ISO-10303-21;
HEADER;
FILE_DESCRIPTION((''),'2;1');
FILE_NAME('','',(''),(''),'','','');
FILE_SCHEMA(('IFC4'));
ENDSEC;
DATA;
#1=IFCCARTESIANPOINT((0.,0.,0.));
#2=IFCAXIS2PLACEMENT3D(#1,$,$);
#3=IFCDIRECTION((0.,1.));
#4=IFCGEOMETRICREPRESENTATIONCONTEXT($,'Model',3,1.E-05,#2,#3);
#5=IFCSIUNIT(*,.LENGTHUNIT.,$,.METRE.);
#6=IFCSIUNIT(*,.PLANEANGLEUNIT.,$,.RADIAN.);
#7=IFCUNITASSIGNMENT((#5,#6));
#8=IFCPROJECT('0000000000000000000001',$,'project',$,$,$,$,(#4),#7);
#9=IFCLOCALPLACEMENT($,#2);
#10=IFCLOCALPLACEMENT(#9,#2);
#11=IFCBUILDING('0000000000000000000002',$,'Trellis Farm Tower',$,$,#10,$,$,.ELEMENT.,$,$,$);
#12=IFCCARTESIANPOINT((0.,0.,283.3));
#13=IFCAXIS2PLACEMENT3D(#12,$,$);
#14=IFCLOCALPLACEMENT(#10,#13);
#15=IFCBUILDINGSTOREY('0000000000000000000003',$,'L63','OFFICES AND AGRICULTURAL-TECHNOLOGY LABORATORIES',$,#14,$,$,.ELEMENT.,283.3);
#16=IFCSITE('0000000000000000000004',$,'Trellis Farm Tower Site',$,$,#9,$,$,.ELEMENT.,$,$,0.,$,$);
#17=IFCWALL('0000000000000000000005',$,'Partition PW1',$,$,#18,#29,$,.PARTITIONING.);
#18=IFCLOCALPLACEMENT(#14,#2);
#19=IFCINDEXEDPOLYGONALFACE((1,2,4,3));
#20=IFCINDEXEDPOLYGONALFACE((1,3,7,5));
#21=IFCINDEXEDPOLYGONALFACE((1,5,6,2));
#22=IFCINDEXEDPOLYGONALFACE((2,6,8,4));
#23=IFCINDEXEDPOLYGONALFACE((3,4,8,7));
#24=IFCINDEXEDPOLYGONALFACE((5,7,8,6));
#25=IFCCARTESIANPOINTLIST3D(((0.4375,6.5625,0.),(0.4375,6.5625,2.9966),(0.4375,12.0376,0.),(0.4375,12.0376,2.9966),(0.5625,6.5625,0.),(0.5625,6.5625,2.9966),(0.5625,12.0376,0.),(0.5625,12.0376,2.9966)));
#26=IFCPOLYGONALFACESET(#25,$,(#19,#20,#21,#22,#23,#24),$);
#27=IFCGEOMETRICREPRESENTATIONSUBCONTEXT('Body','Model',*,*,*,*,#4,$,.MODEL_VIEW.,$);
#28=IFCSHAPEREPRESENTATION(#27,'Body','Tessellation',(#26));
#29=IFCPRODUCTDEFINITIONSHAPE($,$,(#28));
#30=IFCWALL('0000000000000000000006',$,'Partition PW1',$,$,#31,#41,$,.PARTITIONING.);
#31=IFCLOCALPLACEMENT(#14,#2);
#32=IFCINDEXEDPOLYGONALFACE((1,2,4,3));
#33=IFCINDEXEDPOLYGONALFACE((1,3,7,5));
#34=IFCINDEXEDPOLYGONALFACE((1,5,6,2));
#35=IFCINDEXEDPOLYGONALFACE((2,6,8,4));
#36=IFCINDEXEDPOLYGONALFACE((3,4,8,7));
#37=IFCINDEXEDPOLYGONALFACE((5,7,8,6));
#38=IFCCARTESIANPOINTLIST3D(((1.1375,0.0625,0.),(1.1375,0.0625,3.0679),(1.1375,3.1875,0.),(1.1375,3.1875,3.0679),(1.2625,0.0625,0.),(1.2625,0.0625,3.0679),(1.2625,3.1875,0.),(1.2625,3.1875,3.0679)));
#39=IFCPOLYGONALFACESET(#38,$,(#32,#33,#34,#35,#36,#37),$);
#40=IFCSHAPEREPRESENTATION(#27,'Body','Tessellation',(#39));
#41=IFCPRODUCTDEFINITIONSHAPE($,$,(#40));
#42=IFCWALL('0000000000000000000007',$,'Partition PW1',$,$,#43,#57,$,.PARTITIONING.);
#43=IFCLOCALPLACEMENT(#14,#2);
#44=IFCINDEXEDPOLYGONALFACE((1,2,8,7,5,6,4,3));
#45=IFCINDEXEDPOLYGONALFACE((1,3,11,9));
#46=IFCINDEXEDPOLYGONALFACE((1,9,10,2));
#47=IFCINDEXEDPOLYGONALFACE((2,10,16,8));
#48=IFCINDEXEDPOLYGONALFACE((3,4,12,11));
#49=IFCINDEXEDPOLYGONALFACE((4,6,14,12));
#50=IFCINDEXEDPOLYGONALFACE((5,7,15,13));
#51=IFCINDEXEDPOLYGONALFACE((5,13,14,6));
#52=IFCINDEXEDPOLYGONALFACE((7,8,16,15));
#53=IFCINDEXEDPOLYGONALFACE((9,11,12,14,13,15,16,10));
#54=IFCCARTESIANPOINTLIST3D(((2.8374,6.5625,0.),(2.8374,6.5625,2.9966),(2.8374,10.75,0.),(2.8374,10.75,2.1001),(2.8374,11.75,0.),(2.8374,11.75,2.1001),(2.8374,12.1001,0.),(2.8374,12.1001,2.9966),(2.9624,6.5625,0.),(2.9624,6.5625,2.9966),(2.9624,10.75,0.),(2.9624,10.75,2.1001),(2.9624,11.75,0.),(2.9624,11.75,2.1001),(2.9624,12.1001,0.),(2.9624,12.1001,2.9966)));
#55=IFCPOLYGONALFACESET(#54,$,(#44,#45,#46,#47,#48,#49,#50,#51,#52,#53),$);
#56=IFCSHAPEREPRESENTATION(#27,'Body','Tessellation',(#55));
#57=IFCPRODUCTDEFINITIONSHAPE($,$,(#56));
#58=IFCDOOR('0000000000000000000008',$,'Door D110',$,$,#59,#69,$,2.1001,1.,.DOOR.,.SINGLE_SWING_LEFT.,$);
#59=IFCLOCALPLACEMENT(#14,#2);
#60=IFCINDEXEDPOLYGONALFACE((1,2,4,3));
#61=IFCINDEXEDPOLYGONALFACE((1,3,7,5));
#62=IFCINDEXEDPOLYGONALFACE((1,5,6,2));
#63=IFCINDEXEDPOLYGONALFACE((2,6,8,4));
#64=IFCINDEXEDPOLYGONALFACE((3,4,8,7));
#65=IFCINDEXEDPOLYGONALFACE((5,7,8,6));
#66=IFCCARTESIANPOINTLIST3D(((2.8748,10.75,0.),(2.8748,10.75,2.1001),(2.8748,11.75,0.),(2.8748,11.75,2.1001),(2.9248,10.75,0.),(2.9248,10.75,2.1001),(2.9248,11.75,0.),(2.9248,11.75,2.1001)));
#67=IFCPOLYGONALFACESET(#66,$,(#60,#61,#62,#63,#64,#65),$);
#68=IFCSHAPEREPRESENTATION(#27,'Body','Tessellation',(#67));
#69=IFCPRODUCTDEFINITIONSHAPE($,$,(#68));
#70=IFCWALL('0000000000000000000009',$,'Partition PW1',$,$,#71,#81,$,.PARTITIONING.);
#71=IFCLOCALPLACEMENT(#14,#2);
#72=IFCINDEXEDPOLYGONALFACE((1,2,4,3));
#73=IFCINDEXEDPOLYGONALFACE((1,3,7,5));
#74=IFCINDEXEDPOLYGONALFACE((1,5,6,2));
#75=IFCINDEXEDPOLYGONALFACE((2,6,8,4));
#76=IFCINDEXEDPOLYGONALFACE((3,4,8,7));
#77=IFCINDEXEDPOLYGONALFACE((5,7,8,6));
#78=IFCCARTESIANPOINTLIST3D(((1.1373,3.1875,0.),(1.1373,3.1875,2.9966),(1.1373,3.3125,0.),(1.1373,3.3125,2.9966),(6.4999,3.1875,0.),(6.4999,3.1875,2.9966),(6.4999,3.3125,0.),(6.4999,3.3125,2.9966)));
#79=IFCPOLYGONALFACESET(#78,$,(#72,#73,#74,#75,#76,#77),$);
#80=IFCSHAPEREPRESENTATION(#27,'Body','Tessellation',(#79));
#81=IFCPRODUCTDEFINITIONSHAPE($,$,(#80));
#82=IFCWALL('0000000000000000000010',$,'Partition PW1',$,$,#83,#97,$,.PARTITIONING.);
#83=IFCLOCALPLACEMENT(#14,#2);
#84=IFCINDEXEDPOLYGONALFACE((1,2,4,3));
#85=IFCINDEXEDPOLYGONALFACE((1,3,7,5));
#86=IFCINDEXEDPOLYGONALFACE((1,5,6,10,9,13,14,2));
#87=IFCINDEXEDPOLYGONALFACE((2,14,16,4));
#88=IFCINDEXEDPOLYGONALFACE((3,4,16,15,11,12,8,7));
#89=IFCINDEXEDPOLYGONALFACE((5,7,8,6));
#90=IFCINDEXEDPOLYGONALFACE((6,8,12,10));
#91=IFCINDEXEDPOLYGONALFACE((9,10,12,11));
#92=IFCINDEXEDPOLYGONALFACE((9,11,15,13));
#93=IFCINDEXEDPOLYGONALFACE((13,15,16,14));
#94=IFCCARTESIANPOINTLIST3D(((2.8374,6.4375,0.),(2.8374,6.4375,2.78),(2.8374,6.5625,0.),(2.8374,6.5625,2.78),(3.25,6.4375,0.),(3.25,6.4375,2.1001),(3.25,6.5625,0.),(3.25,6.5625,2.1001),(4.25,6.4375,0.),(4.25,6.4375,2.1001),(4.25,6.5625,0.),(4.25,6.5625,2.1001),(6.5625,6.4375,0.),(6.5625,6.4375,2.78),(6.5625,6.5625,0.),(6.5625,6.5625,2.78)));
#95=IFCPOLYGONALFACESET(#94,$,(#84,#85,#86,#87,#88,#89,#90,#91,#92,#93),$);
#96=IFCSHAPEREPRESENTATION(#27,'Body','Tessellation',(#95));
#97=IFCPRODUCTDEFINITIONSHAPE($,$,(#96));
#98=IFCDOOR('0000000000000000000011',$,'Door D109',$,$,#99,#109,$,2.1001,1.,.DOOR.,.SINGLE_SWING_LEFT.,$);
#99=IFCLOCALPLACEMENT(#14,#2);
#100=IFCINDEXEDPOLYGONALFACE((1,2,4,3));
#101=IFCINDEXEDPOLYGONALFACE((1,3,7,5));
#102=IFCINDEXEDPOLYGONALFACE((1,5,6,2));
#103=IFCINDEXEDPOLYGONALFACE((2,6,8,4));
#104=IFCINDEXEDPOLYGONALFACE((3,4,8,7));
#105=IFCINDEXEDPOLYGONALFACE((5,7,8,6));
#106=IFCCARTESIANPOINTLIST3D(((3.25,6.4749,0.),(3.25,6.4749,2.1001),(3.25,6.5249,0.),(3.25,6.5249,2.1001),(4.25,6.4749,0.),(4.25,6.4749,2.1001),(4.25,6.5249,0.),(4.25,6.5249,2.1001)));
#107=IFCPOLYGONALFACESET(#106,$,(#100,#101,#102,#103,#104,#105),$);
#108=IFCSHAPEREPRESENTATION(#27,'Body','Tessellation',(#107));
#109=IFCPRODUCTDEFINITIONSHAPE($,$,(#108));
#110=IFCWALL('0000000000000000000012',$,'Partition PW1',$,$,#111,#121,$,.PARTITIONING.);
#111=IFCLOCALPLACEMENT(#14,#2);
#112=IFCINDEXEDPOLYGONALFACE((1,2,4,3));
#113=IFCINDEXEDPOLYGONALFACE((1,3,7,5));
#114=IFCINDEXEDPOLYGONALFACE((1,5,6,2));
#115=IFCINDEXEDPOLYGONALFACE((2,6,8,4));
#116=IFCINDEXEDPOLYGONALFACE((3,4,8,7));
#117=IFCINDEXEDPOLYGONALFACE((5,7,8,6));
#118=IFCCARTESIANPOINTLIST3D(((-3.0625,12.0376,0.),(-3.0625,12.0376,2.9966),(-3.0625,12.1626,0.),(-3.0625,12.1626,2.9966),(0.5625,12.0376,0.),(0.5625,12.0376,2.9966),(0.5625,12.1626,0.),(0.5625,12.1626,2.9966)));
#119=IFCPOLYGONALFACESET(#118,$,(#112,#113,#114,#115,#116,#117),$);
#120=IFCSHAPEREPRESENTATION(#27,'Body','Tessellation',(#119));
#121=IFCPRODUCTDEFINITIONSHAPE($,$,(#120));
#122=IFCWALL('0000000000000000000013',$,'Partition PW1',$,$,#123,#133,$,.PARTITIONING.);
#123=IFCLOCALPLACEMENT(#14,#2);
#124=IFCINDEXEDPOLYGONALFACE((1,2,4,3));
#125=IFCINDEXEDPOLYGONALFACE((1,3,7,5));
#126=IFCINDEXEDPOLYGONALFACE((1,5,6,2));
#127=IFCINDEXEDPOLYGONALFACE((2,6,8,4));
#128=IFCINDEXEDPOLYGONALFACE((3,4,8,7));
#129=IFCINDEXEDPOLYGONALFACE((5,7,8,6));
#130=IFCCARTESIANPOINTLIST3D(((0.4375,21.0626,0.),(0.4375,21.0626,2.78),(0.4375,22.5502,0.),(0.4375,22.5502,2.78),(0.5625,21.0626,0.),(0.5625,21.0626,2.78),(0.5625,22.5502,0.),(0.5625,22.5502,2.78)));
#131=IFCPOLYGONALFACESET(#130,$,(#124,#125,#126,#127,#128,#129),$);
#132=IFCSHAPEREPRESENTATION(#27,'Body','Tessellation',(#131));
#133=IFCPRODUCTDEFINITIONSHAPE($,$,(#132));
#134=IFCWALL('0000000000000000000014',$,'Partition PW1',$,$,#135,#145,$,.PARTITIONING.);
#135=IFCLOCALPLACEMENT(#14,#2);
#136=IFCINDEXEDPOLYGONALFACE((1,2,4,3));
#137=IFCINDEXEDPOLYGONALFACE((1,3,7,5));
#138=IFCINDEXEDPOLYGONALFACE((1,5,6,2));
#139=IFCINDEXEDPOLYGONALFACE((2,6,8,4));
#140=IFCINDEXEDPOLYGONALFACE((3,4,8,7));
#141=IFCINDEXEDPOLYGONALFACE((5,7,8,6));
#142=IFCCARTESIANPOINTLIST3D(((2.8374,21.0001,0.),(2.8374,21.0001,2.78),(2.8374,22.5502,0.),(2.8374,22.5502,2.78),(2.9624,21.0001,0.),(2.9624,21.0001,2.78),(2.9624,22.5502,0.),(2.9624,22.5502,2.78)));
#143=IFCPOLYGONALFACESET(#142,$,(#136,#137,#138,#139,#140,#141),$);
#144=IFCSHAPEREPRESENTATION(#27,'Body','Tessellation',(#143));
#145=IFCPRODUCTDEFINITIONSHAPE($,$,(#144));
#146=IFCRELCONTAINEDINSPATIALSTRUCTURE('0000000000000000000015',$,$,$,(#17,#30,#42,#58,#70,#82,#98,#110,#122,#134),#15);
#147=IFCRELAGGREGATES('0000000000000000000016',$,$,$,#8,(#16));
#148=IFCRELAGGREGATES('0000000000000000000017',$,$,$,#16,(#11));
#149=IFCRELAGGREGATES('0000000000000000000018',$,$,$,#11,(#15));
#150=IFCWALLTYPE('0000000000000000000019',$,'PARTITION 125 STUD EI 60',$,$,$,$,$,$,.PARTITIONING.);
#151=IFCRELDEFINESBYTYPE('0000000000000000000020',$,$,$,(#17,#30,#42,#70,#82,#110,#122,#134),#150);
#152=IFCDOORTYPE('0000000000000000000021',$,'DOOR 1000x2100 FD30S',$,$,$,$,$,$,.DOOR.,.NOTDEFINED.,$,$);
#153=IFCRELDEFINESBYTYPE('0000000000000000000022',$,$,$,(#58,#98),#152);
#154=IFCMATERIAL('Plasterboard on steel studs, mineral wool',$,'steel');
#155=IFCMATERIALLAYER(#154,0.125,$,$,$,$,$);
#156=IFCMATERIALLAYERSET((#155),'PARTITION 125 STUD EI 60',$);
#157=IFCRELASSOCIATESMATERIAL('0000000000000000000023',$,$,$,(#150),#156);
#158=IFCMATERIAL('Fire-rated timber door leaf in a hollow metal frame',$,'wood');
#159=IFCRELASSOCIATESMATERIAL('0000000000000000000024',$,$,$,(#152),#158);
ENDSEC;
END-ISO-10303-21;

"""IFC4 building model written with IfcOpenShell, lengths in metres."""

from ifc_helpers import new_model, si_unit, direction, frame, frame_2d, origin, place, context, subcontext, project, spatial, rectangle, extrude, source, transform, mapped, material, layer, layer_set, type_object, element, fill, save


model = new_model("IFC4")

# Units and contexts
model_context = context("Model", 3, precision=1e-05, world=origin(), true_north=direction((0.0, 1.0)))
body_context = subcontext(model_context, "Body", "Model", "MODEL_VIEW")
ifc_project = project(units=[si_unit("LENGTHUNIT", "METRE"), si_unit("PLANEANGLEUNIT", "RADIAN")], contexts=[model_context])

# Site, building, storey
site_placement = place(None, origin())
site = spatial("IfcSite", under=ifc_project, at=site_placement, Name="Trellis Farm Tower Site", CompositionType="ELEMENT", RefElevation=0.0)
building_placement = place(site_placement, origin())
building = spatial("IfcBuilding", under=site, at=building_placement, Name="Trellis Farm Tower", CompositionType="ELEMENT")
storey_placement = place(building_placement, frame((0.0, 0.0, 283.3)))
storey = spatial("IfcBuildingStorey", under=building, at=storey_placement, Name="L63", Description="OFFICES AND AGRICULTURAL-TECHNOLOGY LABORATORIES", CompositionType="ELEMENT", Elevation=283.3)

# Walls
ifc_material_1 = material(Name="Plasterboard on steel studs, mineral wool", Category="steel")
ifc_layer_1 = layer(ifc_material_1, 0.125)
ifc_layer_set_1 = layer_set([ifc_layer_1], Name="PARTITION 125 STUD EI 60")
wall_type_1 = type_object("IfcWallType", Name="PARTITION 125 STUD EI 60", PredefinedType="PARTITIONING", material=ifc_layer_set_1)
shared_shape_1 = source(origin(), body_context, "Body", "SweptSolid", [
    extrude(rectangle(XDim=5.4751, YDim=0.125, at=frame_2d((2.7375, 0.0))), origin(), (0.0, 0.0, 1.0), 2.9966),
])
wall_1_placement = place(storey_placement, frame((0.5, 12.0376, 0.0), z_axis=(0.0, 0.0, 1.0), x_axis=(0.0, -1.0, 0.0)))
element("IfcWall", 1, at=wall_1_placement, inside=storey, type_object=wall_type_1, Name="Partition PW1", PredefinedType="PARTITIONING", context=body_context, shape_type="MappedRepresentation", body=[
    mapped(shared_shape_1, transform((0.0, 0.0, 0.0))),
])
shared_shape_2 = source(origin(), body_context, "Body", "SweptSolid", [
    extrude(rectangle(XDim=3.125, YDim=0.125, at=frame_2d((1.5625, 0.0))), origin(), (0.0, 0.0, 1.0), 3.0679),
])
wall_2_placement = place(storey_placement, frame((1.2, 3.1875, 0.0), z_axis=(0.0, 0.0, 1.0), x_axis=(0.0, -1.0, 0.0)))
element("IfcWall", 2, at=wall_2_placement, inside=storey, type_object=wall_type_1, Name="Partition PW1", PredefinedType="PARTITIONING", context=body_context, shape_type="MappedRepresentation", body=[
    mapped(shared_shape_2, transform((0.0, 0.0, 0.0))),
])

# Wall, opening, door
shared_shape_3 = source(origin(), body_context, "Body", "SweptSolid", [
    extrude(rectangle(XDim=5.5376, YDim=0.125, at=frame_2d((2.7688, 0.0))), origin(), (0.0, 0.0, 1.0), 2.9966),
])
wall_3_placement = place(storey_placement, frame((2.8999, 12.1001, 0.0), z_axis=(0.0, 0.0, 1.0), x_axis=(0.0, -1.0, 0.0)))
wall_3 = element("IfcWall", 3, at=wall_3_placement, inside=storey, type_object=wall_type_1, Name="Partition PW1", PredefinedType="PARTITIONING", context=body_context, shape_type="MappedRepresentation", body=[
    mapped(shared_shape_3, transform((0.0, 0.0, 0.0))),
])
shared_shape_4 = source(origin(), body_context, "Body", "SweptSolid", [
    extrude(rectangle(XDim=1.0, YDim=2.1001, at=frame_2d((0.5, 1.05))), frame((0.0, 0.0725, 0.0), z_axis=(0.0, -1.0, 0.0), x_axis=(1.0, 0.0, 0.0)), (0.0, 0.0, 1.0), 0.145),
])
opening_1_placement = place(wall_3_placement, frame((0.3501, 0.0, 0.0)))
opening_1 = element("IfcOpeningElement", 4, at=opening_1_placement, cuts=wall_3, PredefinedType="OPENING", context=body_context, shape_type="MappedRepresentation", body=[
    mapped(shared_shape_4, transform((0.0, 0.0, 0.0))),
])
ifc_material_2 = material(Name="Fire-rated timber door leaf in a hollow metal frame", Category="wood")
door_type = type_object("IfcDoorType", Name="DOOR 1000x2100 FD30S", OperationType="NOTDEFINED", PredefinedType="DOOR", material=ifc_material_2)
shared_shape_5 = source(origin(), body_context, "Body", "SweptSolid", [
    extrude(rectangle(XDim=1.0, YDim=2.1001, at=frame_2d((0.5, 1.05))), frame((0.0, 0.0249, 0.0), z_axis=(0.0, -1.0, 0.0), x_axis=(1.0, 0.0, 0.0)), (0.0, 0.0, 1.0), 0.05),
])
door_1_placement = place(opening_1_placement, origin())
door_1 = element("IfcDoor", 5, at=door_1_placement, inside=storey, type_object=door_type, Name="Door D110", OperationType="SINGLE_SWING_LEFT", OverallHeight=2.1001, OverallWidth=1.0, PredefinedType="DOOR", context=body_context, shape_type="MappedRepresentation", body=[
    mapped(shared_shape_5, transform((0.0, 0.0, 0.0))),
])
fill(opening_1, door_1)

# Wall
shared_shape_6 = source(origin(), body_context, "Body", "SweptSolid", [
    extrude(rectangle(XDim=5.3625, YDim=0.125, at=frame_2d((2.6812, 0.0))), origin(), (0.0, 0.0, 1.0), 2.9966),
])
wall_4_placement = place(storey_placement, frame((1.1375, 3.25, 0.0), z_axis=(0.0, 0.0, 1.0), x_axis=(1.0, 0.0, 0.0)))
element("IfcWall", 6, at=wall_4_placement, inside=storey, type_object=wall_type_1, Name="Partition PW1", PredefinedType="PARTITIONING", context=body_context, shape_type="MappedRepresentation", body=[
    mapped(shared_shape_6, transform((0.0, 0.0, 0.0))),
])

# Wall, opening, door
shared_shape_7 = source(origin(), body_context, "Body", "SweptSolid", [
    extrude(rectangle(XDim=3.7251, YDim=0.125, at=frame_2d((1.8625, 0.0))), origin(), (0.0, 0.0, 1.0), 2.78),
])
wall_5_placement = place(storey_placement, frame((2.8374, 6.5, 0.0), z_axis=(0.0, 0.0, 1.0), x_axis=(1.0, 0.0, 0.0)))
wall_5 = element("IfcWall", 7, at=wall_5_placement, inside=storey, type_object=wall_type_1, Name="Partition PW1", PredefinedType="PARTITIONING", context=body_context, shape_type="MappedRepresentation", body=[
    mapped(shared_shape_7, transform((0.0, 0.0, 0.0))),
])
opening_2_placement = place(wall_5_placement, frame((0.4126, 0.0, 0.0)))
opening_2 = element("IfcOpeningElement", 8, at=opening_2_placement, cuts=wall_5, PredefinedType="OPENING", context=body_context, shape_type="MappedRepresentation", body=[
    mapped(shared_shape_4, transform((0.0, 0.0, 0.0))),
])
door_2_placement = place(opening_2_placement, origin())
door_2 = element("IfcDoor", 9, at=door_2_placement, inside=storey, type_object=door_type, Name="Door D109", OperationType="SINGLE_SWING_LEFT", OverallHeight=2.1001, OverallWidth=1.0, PredefinedType="DOOR", context=body_context, shape_type="MappedRepresentation", body=[
    mapped(shared_shape_5, transform((0.0, 0.0, 0.0))),
])
fill(opening_2, door_2)

# Walls
shared_shape_8 = source(origin(), body_context, "Body", "SweptSolid", [
    extrude(rectangle(XDim=3.625, YDim=0.125, at=frame_2d((1.8125, 0.0))), origin(), (0.0, 0.0, 1.0), 2.9966),
])
wall_6_placement = place(storey_placement, frame((0.5625, 12.1001, 0.0), z_axis=(0.0, 0.0, 1.0), x_axis=(-1.0, 0.0, 0.0)))
element("IfcWall", 10, at=wall_6_placement, inside=storey, type_object=wall_type_1, Name="Partition PW1", PredefinedType="PARTITIONING", context=body_context, shape_type="MappedRepresentation", body=[
    mapped(shared_shape_8, transform((0.0, 0.0, 0.0))),
])
shared_shape_9 = source(origin(), body_context, "Body", "SweptSolid", [
    extrude(rectangle(XDim=1.4875, YDim=0.125, at=frame_2d((0.7437, 0.0))), origin(), (0.0, 0.0, 1.0), 2.78),
])
wall_7_placement = place(storey_placement, frame((0.5, 22.55, 0.0), z_axis=(0.0, 0.0, 1.0), x_axis=(0.0, -1.0, 0.0)))
element("IfcWall", 11, at=wall_7_placement, inside=storey, type_object=wall_type_1, Name="Partition PW1", PredefinedType="PARTITIONING", context=body_context, shape_type="MappedRepresentation", body=[
    mapped(shared_shape_9, transform((0.0, 0.0, 0.0))),
])
shared_shape_10 = source(origin(), body_context, "Body", "SweptSolid", [
    extrude(rectangle(XDim=1.55, YDim=0.125, at=frame_2d((0.7749, 0.0))), origin(), (0.0, 0.0, 1.0), 2.78),
])
wall_8_placement = place(storey_placement, frame((2.8999, 22.55, 0.0), z_axis=(0.0, 0.0, 1.0), x_axis=(0.0, -1.0, 0.0)))
element("IfcWall", 12, at=wall_8_placement, inside=storey, type_object=wall_type_1, Name="Partition PW1", PredefinedType="PARTITIONING", context=body_context, shape_type="MappedRepresentation", body=[
    mapped(shared_shape_10, transform((0.0, 0.0, 0.0))),
])

save(model, "model.ifc")
